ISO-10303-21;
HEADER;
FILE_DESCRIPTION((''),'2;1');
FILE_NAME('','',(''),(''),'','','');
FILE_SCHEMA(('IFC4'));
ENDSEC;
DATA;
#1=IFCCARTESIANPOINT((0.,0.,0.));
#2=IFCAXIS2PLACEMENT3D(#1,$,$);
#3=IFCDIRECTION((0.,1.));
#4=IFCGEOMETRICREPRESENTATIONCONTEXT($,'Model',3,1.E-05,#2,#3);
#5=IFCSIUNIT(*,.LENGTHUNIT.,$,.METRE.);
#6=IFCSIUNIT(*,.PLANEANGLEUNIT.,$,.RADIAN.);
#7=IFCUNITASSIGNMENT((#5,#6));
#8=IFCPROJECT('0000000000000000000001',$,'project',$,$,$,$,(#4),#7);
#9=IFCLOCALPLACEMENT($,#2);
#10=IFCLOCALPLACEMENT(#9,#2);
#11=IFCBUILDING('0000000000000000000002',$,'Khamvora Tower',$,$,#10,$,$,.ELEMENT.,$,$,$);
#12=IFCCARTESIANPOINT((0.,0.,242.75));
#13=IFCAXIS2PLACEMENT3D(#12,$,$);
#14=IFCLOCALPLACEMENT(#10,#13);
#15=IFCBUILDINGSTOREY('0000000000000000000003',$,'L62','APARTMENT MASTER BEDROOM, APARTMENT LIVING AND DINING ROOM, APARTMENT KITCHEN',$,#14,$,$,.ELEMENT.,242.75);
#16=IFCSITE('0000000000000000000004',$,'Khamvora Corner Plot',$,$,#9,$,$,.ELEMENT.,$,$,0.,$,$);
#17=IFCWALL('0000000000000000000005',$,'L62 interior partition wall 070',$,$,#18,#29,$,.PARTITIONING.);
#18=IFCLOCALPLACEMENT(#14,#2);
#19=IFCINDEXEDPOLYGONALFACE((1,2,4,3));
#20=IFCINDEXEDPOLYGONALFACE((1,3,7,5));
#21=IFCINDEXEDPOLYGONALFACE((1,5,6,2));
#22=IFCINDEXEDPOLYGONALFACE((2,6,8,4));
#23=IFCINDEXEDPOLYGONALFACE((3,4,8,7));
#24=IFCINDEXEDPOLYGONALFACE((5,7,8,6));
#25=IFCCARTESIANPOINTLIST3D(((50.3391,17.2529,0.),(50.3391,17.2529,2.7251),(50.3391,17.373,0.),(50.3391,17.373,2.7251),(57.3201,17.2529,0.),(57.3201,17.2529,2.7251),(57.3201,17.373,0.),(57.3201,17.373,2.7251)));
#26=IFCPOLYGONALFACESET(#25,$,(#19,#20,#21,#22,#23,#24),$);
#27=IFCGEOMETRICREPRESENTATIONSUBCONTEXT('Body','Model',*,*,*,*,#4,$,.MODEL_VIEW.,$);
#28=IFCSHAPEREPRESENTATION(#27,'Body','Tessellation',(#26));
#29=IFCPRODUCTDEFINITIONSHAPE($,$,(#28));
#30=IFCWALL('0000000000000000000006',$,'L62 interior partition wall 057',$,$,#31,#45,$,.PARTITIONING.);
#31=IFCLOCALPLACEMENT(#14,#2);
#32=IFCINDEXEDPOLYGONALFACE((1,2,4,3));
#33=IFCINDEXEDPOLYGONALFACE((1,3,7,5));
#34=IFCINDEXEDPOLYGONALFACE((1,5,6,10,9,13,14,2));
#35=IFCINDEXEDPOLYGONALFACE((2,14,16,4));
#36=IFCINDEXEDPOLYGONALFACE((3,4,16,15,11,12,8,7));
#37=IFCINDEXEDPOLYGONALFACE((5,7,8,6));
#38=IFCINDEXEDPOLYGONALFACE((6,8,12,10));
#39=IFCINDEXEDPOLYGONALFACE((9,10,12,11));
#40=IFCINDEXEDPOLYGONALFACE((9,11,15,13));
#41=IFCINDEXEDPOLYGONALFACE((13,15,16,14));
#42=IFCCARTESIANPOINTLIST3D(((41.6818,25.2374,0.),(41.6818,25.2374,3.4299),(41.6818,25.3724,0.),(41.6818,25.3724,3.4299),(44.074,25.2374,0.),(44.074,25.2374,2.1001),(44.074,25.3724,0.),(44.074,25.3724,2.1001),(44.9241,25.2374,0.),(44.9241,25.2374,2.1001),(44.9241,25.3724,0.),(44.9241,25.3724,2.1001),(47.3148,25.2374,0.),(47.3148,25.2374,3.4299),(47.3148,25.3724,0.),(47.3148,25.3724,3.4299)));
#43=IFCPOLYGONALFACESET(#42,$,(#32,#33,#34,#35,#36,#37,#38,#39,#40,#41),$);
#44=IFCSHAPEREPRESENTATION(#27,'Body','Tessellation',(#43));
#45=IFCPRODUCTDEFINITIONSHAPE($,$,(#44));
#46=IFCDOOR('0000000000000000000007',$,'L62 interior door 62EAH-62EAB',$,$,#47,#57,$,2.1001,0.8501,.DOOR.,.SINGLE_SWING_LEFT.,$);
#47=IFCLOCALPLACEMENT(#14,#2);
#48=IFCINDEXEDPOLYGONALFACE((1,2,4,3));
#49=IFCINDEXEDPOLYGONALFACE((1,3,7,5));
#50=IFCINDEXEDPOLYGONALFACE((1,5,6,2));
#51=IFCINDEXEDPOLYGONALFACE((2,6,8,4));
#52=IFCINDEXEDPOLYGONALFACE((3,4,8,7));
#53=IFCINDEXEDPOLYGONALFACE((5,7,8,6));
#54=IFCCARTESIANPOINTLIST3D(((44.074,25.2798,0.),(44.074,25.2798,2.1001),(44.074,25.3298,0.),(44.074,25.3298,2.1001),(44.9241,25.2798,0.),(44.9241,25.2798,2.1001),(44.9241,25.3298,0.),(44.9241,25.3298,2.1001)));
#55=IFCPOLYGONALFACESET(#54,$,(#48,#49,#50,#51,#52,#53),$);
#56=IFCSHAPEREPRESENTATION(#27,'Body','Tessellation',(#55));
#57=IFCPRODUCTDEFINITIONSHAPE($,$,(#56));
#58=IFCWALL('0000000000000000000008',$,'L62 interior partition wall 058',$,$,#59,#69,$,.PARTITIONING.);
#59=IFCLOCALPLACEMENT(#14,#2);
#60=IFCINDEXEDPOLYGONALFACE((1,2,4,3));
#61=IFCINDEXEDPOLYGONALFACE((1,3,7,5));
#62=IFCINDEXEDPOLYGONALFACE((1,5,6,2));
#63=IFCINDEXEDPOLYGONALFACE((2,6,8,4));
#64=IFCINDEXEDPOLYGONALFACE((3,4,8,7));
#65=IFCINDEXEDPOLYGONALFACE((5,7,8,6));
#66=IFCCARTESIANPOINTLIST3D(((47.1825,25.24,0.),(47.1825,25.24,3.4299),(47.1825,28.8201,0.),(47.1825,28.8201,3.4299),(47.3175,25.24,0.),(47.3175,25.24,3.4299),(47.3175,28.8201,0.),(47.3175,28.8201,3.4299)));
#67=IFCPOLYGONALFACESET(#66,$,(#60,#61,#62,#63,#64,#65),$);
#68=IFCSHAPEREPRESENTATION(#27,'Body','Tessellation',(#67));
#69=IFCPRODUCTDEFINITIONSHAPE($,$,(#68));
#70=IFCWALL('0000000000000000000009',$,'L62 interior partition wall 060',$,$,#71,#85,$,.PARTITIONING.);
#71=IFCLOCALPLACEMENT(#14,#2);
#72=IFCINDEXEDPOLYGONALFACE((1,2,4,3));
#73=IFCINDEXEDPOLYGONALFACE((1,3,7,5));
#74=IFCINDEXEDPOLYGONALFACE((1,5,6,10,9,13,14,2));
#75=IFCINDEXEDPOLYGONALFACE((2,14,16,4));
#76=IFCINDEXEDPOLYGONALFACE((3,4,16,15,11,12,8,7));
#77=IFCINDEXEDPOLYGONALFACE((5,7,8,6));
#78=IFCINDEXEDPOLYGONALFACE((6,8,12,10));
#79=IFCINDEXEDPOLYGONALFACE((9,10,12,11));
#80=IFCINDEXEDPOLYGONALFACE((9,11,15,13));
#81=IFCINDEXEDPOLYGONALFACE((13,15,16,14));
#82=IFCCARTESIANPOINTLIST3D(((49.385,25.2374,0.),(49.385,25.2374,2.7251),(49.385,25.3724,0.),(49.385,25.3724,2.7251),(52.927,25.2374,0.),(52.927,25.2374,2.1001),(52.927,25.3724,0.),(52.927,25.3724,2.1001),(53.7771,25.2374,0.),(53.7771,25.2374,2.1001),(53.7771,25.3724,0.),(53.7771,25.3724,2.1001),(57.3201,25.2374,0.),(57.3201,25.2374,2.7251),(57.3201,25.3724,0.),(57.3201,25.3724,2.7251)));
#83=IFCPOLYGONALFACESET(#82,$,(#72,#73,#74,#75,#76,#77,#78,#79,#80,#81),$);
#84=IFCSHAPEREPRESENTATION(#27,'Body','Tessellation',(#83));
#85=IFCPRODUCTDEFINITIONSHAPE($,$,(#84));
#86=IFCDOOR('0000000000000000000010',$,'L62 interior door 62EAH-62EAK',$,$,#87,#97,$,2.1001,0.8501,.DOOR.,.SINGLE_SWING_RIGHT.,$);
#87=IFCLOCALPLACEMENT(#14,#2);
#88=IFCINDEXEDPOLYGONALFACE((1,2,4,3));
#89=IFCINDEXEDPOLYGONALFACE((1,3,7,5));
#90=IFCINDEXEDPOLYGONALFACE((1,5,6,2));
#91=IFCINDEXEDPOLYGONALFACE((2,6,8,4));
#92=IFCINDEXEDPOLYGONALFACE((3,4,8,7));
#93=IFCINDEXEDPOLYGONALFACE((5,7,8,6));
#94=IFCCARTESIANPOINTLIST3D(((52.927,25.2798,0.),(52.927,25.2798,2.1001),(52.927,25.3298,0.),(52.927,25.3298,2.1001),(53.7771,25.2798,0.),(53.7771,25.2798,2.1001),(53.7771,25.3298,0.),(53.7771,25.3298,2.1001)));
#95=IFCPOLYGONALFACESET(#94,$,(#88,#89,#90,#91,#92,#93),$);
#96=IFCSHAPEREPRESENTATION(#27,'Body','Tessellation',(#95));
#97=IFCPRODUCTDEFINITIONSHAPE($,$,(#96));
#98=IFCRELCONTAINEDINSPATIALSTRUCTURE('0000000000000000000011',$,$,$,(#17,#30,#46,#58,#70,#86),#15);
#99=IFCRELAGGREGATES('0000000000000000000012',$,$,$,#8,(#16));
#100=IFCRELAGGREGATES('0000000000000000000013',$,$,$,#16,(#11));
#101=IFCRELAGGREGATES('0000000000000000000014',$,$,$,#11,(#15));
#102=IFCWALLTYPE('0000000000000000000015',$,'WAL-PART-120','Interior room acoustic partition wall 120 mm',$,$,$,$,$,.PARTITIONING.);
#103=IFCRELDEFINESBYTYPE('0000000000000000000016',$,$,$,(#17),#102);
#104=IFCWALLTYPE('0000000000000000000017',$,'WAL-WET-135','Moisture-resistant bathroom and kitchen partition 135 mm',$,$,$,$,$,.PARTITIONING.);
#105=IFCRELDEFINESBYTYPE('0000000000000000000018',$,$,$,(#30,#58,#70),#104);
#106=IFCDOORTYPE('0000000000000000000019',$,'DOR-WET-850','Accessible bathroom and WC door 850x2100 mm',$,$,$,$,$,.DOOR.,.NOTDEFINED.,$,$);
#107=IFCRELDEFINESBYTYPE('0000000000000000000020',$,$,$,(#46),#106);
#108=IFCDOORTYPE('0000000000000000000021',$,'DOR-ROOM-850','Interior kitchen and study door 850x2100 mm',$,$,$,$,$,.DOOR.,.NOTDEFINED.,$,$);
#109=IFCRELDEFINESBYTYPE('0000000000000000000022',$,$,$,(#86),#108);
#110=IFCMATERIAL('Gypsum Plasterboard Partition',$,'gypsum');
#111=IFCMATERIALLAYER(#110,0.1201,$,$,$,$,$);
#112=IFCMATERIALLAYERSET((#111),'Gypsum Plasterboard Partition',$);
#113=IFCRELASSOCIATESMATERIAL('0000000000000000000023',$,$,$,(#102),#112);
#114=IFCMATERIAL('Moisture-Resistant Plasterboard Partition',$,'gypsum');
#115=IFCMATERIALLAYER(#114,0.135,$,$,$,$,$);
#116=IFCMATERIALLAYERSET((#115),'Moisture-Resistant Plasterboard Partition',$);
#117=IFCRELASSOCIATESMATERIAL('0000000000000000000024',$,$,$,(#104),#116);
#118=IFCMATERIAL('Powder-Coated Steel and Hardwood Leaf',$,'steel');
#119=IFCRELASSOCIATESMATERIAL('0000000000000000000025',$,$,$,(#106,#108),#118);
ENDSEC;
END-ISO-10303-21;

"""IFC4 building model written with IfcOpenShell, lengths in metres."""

from ifc_helpers import new_model, si_unit, direction, frame, frame_2d, origin, place, context, subcontext, project, spatial, rectangle, extrude, material, layer, layer_set, type_object, element, fill, save


model = new_model("IFC4")

# Units and contexts
model_context = context("Model", 3, precision=1e-05, world=origin(), true_north=direction((0.0, 1.0)))
body_context = subcontext(model_context, "Body", "Model", "MODEL_VIEW")
ifc_project = project(units=[si_unit("LENGTHUNIT", "METRE"), si_unit("PLANEANGLEUNIT", "RADIAN")], contexts=[model_context])

# Site, building, storey
site_placement = place(None, origin())
site = spatial("IfcSite", under=ifc_project, at=site_placement, Name="Khamvora Corner Plot", CompositionType="ELEMENT", RefElevation=0.0)
building_placement = place(site_placement, origin())
building = spatial("IfcBuilding", under=site, at=building_placement, Name="Khamvora Tower", CompositionType="ELEMENT")
storey_placement = place(building_placement, frame((0.0, 0.0, 242.75)))
storey = spatial("IfcBuildingStorey", under=building, at=storey_placement, Name="L62", Description="APARTMENT MASTER BEDROOM, APARTMENT LIVING AND DINING ROOM, APARTMENT KITCHEN", CompositionType="ELEMENT", Elevation=242.75)

# Shared definitions
ifc_material_1 = material(Name="Gypsum Plasterboard Partition", Category="gypsum")
ifc_layer_1 = layer(ifc_material_1, 0.1201)
ifc_layer_set_1 = layer_set([ifc_layer_1], Name="Gypsum Plasterboard Partition")
wall_type_1 = type_object("IfcWallType", Name="WAL-PART-120", Description="Interior room acoustic partition wall 120 mm", PredefinedType="PARTITIONING", material=ifc_layer_set_1)
ifc_material_2 = material(Name="Powder-Coated Steel and Hardwood Leaf", Category="steel")

# Wall
wall_1_placement = place(storey_placement, frame((50.3391, 17.313, 0.0), z_axis=(0.0, 0.0, 1.0), x_axis=(1.0, 0.0, 0.0)))
element("IfcWall", 1, at=wall_1_placement, inside=storey, type_object=wall_type_1, Name="L62 interior partition wall 070", PredefinedType="PARTITIONING", context=body_context, shape_type="SweptSolid", body=[
    extrude(rectangle(XDim=6.981, YDim=0.1201, at=frame_2d((3.4905, 0.0))), origin(), (0.0, 0.0, 1.0), 2.7251),
])

# Wall, opening, door
ifc_material_3 = material(Name="Moisture-Resistant Plasterboard Partition", Category="gypsum")
ifc_layer_2 = layer(ifc_material_3, 0.135)
ifc_layer_set_2 = layer_set([ifc_layer_2], Name="Moisture-Resistant Plasterboard Partition")
wall_type_2 = type_object("IfcWallType", Name="WAL-WET-135", Description="Moisture-resistant bathroom and kitchen partition 135 mm", PredefinedType="PARTITIONING", material=ifc_layer_set_2)
wall_2_placement = place(storey_placement, frame((41.6819, 25.3049, 0.0), z_axis=(0.0, 0.0, 1.0), x_axis=(1.0, 0.0, 0.0)))
wall_2 = element("IfcWall", 2, at=wall_2_placement, inside=storey, type_object=wall_type_2, Name="L62 interior partition wall 057", PredefinedType="PARTITIONING", context=body_context, shape_type="SweptSolid", body=[
    extrude(rectangle(XDim=5.6331, YDim=0.135, at=frame_2d((2.8164, 0.0))), origin(), (0.0, 0.0, 1.0), 3.4299),
])
opening_1_placement = place(wall_2_placement, frame((2.3921, 0.0, 0.0)))
opening_1 = element("IfcOpeningElement", 3, at=opening_1_placement, cuts=wall_2, PredefinedType="OPENING", context=body_context, shape_type="SweptSolid", body=[
    extrude(rectangle(XDim=0.8501, YDim=2.1001, at=frame_2d((0.425, 1.05))), frame((0.0, 0.0774, 0.0), z_axis=(0.0, -1.0, 0.0), x_axis=(1.0, 0.0, 0.0)), (0.0, 0.0, 1.0), 0.155),
])
door_type_1 = type_object("IfcDoorType", Name="DOR-WET-850", Description="Accessible bathroom and WC door 850x2100 mm", OperationType="NOTDEFINED", PredefinedType="DOOR", material=ifc_material_2)
door_1_placement = place(opening_1_placement, origin())
door_1 = element("IfcDoor", 4, at=door_1_placement, inside=storey, type_object=door_type_1, Name="L62 interior door 62EAH-62EAB", OperationType="SINGLE_SWING_LEFT", OverallHeight=2.1001, OverallWidth=0.8501, PredefinedType="DOOR", context=body_context, shape_type="SweptSolid", body=[
    extrude(rectangle(XDim=0.8501, YDim=2.1001, at=frame_2d((0.425, 1.05))), frame((0.0, 0.0249, 0.0), z_axis=(0.0, -1.0, 0.0), x_axis=(1.0, 0.0, 0.0)), (0.0, 0.0, 1.0), 0.05),
])
fill(opening_1, door_1)

# Wall
wall_3_placement = place(storey_placement, frame((47.25, 25.24, 0.0), z_axis=(0.0, 0.0, 1.0), x_axis=(0.0, 1.0, 0.0)))
element("IfcWall", 5, at=wall_3_placement, inside=storey, type_object=wall_type_2, Name="L62 interior partition wall 058", PredefinedType="PARTITIONING", context=body_context, shape_type="SweptSolid", body=[
    extrude(rectangle(XDim=3.5801, YDim=0.135, at=frame_2d((1.79, 0.0))), origin(), (0.0, 0.0, 1.0), 3.4299),
])

# Wall, opening, door
wall_4_placement = place(storey_placement, frame((49.385, 25.3049, 0.0), z_axis=(0.0, 0.0, 1.0), x_axis=(1.0, 0.0, 0.0)))
wall_4 = element("IfcWall", 6, at=wall_4_placement, inside=storey, type_object=wall_type_2, Name="L62 interior partition wall 060", PredefinedType="PARTITIONING", context=body_context, shape_type="SweptSolid", body=[
    extrude(rectangle(XDim=7.9351, YDim=0.135, at=frame_2d((3.9675, 0.0))), origin(), (0.0, 0.0, 1.0), 2.7251),
])
opening_2_placement = place(wall_4_placement, frame((3.542, 0.0, 0.0)))
opening_2 = element("IfcOpeningElement", 7, at=opening_2_placement, cuts=wall_4, PredefinedType="OPENING", context=body_context, shape_type="SweptSolid", body=[
    extrude(rectangle(XDim=0.8501, YDim=2.1001, at=frame_2d((0.425, 1.05))), frame((0.0, 0.0774, 0.0), z_axis=(0.0, -1.0, 0.0), x_axis=(1.0, 0.0, 0.0)), (0.0, 0.0, 1.0), 0.155),
])
door_type_2 = type_object("IfcDoorType", Name="DOR-ROOM-850", Description="Interior kitchen and study door 850x2100 mm", OperationType="NOTDEFINED", PredefinedType="DOOR", material=ifc_material_2)
door_2_placement = place(opening_2_placement, origin())
door_2 = element("IfcDoor", 8, at=door_2_placement, inside=storey, type_object=door_type_2, Name="L62 interior door 62EAH-62EAK", OperationType="SINGLE_SWING_RIGHT", OverallHeight=2.1001, OverallWidth=0.8501, PredefinedType="DOOR", context=body_context, shape_type="SweptSolid", body=[
    extrude(rectangle(XDim=0.8501, YDim=2.1001, at=frame_2d((0.425, 1.05))), frame((0.0, 0.0249, 0.0), z_axis=(0.0, -1.0, 0.0), x_axis=(1.0, 0.0, 0.0)), (0.0, 0.0, 1.0), 0.05),
])
fill(opening_2, door_2)

save(model, "model.ifc")
